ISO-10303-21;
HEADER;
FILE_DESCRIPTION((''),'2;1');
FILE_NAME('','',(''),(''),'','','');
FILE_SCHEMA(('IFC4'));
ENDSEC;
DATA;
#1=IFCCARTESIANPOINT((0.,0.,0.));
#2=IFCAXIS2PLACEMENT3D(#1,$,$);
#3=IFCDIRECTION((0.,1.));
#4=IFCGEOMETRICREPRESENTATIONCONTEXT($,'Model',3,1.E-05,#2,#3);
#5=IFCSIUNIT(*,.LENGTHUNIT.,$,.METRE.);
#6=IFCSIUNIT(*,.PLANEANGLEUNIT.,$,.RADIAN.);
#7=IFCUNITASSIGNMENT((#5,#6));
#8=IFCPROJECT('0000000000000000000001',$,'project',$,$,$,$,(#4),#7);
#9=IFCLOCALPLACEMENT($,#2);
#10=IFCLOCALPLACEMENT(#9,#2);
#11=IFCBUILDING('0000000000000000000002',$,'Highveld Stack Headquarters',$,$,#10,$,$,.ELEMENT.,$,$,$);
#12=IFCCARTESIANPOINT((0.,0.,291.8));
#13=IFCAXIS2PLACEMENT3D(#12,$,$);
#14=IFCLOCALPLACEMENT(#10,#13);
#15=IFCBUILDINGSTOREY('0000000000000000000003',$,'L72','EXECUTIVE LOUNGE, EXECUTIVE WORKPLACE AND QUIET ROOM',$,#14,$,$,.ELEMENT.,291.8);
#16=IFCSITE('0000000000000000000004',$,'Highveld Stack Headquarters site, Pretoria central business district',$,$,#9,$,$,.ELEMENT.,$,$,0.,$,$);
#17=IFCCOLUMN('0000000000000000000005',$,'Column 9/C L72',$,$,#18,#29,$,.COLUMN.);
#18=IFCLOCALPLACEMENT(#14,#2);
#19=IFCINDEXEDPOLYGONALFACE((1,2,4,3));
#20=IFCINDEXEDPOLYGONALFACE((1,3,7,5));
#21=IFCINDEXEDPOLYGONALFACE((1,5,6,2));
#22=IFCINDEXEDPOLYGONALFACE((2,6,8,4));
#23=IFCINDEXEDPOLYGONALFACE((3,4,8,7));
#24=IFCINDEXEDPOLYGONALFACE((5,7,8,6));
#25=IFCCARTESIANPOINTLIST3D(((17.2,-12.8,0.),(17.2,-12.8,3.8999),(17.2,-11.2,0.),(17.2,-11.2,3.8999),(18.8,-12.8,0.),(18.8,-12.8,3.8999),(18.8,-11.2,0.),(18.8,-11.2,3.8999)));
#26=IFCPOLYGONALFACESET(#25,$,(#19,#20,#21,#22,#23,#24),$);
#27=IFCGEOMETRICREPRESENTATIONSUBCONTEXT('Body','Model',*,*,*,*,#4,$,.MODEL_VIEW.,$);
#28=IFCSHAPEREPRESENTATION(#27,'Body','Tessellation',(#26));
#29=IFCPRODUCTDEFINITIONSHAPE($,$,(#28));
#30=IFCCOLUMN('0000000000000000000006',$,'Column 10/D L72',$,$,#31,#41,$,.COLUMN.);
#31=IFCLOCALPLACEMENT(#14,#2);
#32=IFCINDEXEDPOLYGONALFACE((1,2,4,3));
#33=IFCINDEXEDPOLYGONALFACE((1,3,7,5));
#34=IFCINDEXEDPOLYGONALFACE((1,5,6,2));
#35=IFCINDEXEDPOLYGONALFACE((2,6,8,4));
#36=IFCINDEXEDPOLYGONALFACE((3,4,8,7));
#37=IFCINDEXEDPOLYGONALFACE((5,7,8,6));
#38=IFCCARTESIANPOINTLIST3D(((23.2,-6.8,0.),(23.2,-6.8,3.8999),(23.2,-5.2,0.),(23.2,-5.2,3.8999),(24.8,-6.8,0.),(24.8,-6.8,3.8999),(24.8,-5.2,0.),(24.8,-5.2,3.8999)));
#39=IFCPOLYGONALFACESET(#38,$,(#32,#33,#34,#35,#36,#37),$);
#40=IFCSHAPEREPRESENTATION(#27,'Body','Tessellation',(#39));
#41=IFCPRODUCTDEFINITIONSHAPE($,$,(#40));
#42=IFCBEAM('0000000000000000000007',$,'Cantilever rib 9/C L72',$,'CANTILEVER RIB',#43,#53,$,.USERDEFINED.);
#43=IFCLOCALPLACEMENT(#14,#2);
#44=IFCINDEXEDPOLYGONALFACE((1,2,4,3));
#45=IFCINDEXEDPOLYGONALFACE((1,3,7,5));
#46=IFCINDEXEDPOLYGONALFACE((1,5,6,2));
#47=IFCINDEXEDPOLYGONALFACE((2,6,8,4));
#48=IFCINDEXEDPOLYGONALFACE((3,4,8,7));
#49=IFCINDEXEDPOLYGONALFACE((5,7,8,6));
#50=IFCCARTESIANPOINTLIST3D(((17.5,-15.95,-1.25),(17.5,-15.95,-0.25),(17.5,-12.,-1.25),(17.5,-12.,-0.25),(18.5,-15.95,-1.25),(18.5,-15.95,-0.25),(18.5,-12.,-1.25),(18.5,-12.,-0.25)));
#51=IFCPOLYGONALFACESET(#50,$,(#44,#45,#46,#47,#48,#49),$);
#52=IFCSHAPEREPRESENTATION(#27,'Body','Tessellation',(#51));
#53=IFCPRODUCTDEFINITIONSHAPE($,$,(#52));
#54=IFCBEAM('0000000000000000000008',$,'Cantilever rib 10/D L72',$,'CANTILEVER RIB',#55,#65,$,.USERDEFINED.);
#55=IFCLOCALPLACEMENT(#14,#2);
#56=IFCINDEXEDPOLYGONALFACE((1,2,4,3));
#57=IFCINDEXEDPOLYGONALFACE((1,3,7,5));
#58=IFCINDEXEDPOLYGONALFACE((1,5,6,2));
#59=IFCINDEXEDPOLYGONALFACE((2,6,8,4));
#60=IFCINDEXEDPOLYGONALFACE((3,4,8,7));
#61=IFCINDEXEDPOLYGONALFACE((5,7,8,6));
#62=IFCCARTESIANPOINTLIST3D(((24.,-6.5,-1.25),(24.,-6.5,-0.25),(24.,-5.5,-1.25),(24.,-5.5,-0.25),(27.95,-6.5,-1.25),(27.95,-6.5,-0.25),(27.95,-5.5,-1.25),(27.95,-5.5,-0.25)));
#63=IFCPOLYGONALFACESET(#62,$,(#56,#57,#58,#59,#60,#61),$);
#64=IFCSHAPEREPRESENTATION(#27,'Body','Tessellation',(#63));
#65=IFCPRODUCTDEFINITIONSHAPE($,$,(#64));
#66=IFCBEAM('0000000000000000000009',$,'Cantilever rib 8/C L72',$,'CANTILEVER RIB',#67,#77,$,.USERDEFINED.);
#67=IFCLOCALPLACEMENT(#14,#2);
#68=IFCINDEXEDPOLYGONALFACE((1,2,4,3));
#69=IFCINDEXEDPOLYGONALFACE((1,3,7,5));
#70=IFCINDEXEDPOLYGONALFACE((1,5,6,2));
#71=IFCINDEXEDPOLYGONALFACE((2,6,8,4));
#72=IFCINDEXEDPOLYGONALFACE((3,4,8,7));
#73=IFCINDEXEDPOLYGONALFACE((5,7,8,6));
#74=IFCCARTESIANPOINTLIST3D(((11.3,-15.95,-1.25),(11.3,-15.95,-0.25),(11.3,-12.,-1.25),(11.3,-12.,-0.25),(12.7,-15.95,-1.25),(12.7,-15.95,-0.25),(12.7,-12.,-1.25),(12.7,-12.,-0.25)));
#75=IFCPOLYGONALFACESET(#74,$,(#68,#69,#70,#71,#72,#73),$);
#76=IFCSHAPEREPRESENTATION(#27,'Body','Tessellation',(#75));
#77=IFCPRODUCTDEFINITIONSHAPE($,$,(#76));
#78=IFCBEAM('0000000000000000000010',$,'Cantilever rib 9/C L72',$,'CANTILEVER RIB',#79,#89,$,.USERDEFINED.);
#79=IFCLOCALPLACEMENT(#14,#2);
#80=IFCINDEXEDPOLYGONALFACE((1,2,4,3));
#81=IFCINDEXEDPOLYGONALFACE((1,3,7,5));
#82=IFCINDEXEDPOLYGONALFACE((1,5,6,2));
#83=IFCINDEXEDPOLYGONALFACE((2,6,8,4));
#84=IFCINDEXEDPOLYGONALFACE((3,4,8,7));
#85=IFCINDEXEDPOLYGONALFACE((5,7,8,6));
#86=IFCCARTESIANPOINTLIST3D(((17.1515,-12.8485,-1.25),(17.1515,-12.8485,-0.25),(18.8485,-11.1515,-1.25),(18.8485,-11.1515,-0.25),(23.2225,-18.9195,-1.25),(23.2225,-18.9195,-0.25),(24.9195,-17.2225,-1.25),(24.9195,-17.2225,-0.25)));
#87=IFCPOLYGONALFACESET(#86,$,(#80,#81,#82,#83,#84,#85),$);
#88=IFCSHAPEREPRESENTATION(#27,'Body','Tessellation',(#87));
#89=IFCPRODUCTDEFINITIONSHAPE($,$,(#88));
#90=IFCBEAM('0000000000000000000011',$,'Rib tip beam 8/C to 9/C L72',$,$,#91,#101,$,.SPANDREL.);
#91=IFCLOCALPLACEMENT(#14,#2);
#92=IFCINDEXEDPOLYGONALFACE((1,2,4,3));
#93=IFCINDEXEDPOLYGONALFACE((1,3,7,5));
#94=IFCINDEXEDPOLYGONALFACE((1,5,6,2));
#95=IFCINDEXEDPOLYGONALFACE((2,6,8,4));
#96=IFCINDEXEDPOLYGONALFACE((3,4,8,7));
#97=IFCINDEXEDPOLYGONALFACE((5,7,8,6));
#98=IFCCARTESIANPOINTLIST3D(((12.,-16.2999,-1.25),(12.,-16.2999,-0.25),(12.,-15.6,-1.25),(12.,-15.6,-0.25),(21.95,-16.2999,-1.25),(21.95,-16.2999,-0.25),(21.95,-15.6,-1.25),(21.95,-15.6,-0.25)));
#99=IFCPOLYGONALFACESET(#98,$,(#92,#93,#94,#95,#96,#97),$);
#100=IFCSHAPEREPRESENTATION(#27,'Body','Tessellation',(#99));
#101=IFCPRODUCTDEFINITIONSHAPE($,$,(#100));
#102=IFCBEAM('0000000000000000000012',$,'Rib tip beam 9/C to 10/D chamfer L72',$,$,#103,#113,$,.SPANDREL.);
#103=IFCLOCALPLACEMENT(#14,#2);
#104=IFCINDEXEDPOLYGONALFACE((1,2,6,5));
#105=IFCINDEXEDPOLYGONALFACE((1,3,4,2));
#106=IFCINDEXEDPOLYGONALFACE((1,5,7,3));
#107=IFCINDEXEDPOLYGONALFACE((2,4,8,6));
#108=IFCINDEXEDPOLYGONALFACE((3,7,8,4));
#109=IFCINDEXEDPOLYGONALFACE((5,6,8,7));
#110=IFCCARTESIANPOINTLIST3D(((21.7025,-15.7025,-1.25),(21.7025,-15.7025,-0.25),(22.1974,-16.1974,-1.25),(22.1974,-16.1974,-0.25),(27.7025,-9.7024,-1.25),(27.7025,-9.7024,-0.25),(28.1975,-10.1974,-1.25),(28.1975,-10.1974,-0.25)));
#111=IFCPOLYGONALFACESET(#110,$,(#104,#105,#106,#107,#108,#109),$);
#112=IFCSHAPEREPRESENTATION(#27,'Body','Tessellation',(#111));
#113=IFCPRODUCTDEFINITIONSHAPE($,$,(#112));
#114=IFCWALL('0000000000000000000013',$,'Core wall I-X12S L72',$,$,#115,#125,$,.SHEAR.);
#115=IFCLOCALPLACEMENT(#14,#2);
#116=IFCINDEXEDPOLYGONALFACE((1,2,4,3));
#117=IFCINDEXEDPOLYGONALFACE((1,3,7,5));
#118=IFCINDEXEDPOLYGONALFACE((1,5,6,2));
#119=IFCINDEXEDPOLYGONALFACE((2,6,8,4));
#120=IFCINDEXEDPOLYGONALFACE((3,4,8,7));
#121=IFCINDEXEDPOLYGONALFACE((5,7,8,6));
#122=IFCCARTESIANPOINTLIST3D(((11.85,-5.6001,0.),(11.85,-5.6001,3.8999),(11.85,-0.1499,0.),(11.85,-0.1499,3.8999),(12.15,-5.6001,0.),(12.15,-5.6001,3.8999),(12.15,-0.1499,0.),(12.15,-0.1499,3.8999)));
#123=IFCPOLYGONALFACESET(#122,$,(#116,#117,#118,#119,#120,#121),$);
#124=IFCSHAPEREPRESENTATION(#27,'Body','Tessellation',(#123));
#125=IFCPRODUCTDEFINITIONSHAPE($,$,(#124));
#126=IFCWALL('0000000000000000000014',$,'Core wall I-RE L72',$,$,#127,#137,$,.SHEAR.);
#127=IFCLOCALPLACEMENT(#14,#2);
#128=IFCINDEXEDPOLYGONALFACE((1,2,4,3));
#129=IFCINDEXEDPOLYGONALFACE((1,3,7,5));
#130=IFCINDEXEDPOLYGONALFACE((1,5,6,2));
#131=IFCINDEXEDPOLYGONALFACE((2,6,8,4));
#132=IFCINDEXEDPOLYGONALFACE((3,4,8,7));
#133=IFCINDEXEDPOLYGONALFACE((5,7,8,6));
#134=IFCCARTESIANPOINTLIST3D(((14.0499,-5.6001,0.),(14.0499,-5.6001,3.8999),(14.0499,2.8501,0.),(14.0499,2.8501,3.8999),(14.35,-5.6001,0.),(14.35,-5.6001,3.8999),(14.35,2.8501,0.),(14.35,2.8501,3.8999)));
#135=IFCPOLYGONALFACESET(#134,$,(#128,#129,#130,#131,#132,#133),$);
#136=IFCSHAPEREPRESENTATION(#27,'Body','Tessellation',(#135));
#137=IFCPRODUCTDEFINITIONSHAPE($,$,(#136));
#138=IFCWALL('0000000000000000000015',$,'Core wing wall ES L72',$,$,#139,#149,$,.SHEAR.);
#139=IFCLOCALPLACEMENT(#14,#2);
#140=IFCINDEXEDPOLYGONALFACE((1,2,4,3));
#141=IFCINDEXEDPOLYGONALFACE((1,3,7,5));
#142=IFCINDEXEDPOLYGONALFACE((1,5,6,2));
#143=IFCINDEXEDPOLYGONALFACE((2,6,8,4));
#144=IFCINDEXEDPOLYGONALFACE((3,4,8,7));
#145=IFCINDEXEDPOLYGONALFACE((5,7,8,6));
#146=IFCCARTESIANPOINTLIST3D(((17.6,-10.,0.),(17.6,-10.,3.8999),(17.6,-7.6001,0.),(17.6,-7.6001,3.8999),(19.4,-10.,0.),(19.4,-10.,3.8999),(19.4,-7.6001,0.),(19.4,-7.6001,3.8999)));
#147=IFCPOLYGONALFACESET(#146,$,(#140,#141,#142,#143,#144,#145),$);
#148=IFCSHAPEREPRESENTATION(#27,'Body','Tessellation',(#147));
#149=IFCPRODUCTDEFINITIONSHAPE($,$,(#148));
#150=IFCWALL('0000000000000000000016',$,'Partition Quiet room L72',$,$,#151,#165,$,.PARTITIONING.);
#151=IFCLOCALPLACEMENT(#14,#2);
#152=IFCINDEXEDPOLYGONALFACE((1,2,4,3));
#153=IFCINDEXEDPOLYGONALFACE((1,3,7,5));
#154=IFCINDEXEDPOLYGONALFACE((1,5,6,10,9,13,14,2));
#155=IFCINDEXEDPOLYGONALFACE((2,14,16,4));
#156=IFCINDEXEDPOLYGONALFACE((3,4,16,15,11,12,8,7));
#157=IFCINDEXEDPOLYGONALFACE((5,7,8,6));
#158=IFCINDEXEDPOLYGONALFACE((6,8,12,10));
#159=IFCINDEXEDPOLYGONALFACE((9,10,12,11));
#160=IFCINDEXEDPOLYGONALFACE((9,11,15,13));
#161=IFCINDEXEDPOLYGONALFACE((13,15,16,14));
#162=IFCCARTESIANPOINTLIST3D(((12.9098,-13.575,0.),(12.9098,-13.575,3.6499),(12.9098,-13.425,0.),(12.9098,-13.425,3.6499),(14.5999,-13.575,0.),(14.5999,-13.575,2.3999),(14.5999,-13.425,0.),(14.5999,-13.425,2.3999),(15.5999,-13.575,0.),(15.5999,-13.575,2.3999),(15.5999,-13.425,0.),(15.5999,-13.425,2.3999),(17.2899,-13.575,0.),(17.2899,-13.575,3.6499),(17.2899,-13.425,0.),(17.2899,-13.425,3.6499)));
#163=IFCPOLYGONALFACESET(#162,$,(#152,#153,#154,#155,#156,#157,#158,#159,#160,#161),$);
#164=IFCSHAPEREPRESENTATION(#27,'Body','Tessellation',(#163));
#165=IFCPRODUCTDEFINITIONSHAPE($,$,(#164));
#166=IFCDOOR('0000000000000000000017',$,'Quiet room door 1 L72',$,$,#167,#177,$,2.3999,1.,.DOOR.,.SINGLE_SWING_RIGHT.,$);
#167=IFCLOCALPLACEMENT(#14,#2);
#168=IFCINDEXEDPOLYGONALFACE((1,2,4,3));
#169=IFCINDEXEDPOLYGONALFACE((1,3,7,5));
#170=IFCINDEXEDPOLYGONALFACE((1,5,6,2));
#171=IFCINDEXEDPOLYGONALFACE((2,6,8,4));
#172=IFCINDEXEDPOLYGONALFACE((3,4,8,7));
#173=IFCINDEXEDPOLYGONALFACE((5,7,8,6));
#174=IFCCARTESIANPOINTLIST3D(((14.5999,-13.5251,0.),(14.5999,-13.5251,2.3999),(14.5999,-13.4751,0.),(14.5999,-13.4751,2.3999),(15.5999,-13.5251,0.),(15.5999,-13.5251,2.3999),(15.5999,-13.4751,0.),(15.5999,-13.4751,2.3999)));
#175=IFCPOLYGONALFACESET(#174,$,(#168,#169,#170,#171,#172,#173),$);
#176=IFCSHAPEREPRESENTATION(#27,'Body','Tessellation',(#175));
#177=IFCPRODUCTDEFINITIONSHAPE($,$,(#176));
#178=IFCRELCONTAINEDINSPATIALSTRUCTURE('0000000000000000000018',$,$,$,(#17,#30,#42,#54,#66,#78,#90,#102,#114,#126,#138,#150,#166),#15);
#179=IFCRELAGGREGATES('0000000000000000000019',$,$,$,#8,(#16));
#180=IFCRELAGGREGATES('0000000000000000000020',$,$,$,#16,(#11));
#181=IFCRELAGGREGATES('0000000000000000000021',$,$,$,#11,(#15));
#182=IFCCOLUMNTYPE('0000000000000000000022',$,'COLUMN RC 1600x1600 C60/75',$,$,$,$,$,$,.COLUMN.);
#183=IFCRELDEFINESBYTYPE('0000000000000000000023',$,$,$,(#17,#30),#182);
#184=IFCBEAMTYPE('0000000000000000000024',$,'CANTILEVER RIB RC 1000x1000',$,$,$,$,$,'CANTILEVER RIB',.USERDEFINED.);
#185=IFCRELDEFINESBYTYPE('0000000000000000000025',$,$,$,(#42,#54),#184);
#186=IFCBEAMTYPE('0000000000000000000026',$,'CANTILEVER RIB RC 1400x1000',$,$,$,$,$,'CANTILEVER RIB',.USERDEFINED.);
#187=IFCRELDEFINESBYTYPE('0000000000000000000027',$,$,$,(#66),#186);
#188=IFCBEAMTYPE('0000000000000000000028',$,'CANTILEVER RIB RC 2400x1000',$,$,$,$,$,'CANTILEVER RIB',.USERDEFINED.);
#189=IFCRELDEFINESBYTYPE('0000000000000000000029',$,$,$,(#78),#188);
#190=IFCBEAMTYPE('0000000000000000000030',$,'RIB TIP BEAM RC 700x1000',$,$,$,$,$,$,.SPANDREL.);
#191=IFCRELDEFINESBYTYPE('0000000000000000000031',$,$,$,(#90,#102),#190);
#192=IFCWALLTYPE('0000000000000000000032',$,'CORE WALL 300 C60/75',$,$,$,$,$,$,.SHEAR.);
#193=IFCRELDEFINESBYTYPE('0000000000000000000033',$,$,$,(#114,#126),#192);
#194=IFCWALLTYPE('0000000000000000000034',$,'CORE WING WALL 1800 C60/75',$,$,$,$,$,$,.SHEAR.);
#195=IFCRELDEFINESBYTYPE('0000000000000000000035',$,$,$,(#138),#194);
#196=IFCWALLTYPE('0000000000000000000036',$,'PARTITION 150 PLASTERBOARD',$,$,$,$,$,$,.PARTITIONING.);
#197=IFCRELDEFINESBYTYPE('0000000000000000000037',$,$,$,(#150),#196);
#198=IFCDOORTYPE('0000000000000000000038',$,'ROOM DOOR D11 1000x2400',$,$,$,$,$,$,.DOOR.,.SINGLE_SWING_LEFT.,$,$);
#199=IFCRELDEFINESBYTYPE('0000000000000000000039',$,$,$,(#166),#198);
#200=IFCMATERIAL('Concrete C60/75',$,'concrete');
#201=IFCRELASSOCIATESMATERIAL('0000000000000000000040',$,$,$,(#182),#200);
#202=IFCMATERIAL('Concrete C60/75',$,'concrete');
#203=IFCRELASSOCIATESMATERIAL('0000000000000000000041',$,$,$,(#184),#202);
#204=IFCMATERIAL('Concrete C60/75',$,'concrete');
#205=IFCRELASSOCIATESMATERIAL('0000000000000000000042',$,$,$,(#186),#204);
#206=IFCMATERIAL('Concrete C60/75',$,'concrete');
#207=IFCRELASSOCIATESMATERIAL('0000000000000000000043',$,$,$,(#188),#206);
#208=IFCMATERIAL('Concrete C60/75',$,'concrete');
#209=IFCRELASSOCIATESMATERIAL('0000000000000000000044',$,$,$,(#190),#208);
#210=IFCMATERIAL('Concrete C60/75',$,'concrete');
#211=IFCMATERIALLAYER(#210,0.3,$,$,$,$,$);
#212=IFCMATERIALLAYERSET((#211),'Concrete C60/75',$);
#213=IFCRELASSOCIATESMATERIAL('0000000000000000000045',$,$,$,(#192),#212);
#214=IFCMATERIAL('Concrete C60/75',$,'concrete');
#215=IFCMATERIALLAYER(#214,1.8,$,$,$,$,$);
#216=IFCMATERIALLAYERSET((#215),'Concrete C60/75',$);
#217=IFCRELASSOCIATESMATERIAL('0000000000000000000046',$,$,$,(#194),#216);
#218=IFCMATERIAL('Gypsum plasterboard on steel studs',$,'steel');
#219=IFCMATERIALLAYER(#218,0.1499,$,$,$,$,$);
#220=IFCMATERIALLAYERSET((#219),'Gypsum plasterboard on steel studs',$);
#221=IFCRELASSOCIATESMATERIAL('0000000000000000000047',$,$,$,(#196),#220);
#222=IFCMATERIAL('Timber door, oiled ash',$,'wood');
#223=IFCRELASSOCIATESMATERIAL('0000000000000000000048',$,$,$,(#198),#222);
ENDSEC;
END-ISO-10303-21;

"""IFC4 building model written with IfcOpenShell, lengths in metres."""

from ifc_helpers import new_model, si_unit, direction, frame, frame_2d, origin, origin_2d, place, context, subcontext, project, spatial, rectangle, extrude, material, layer, layer_set, material_profile, profile_set, type_object, element, fill, save


model = new_model("IFC4")

# Units and contexts
model_context = context("Model", 3, precision=1e-05, world=origin(), true_north=direction((0.0, 1.0)))
body_context = subcontext(model_context, "Body", "Model", "MODEL_VIEW")
ifc_project = project(units=[si_unit("LENGTHUNIT", "METRE"), si_unit("PLANEANGLEUNIT", "RADIAN")], contexts=[model_context])

# Site, building, storey
site_placement = place(None, origin())
site = spatial("IfcSite", under=ifc_project, at=site_placement, Name="Highveld Stack Headquarters site, Pretoria central business district", CompositionType="ELEMENT", RefElevation=0.0)
building_placement = place(site_placement, origin())
building = spatial("IfcBuilding", under=site, at=building_placement, Name="Highveld Stack Headquarters", CompositionType="ELEMENT")
storey_placement = place(building_placement, frame((0.0, 0.0, 291.8)))
storey = spatial("IfcBuildingStorey", under=building, at=storey_placement, Name="L72", Description="EXECUTIVE LOUNGE, EXECUTIVE WORKPLACE AND QUIET ROOM", CompositionType="ELEMENT", Elevation=291.8)

# Columns
ifc_material_1 = material(Name="Concrete C60/75", Category="concrete")
ifc_material_profile_1 = material_profile(ifc_material_1, rectangle(XDim=1.6001, YDim=1.6001, at=origin_2d()), Name="RC 1600x1600")
ifc_profile_set_1 = profile_set([ifc_material_profile_1], Name="Concrete C60/75")
column_type = type_object("IfcColumnType", Name="COLUMN RC 1600x1600 C60/75", PredefinedType="COLUMN", material=ifc_profile_set_1)
for number, where, z_axis, x_axis, name in (
    (1, (18.0, -12.0, 0.0), (0.0, 0.0, 1.0), (1.0, 0.0, 0.0), "Column 9/C L72"),
    (2, (24.0, -6.0, 0.0), (0.0, 0.0, 1.0), (1.0, 0.0, 0.0), "Column 10/D L72"),
):
    element("IfcColumn", number, at=place(storey_placement, frame(where, z_axis=z_axis, x_axis=x_axis)), inside=storey, type_object=column_type, Name=name, PredefinedType="COLUMN", context=body_context, shape_type="SweptSolid", body=[
        extrude(rectangle(XDim=1.6001, YDim=1.6001, at=origin_2d()), origin(), (0.0, 0.0, 1.0), 3.8999),
    ])

# Beams
ifc_material_2 = material(Name="Concrete C60/75", Category="concrete")
ifc_material_profile_2 = material_profile(ifc_material_2, rectangle(XDim=1.0, YDim=1.0, at=origin_2d()), Name="RC 1000x1000")
ifc_profile_set_2 = profile_set([ifc_material_profile_2], Name="Concrete C60/75")
beam_type_1 = type_object("IfcBeamType", Name="CANTILEVER RIB RC 1000x1000", ElementType="CANTILEVER RIB", PredefinedType="USERDEFINED", material=ifc_profile_set_2)
for number, where, z_axis, x_axis, name in (
    (3, (18.0, -12.0, -0.75), (0.0, -1.0, 0.0), (1.0, 0.0, 0.0), "Cantilever rib 9/C L72"),
    (4, (24.0, -6.0, -0.75), (1.0, 0.0, 0.0), (0.0, 1.0, 0.0), "Cantilever rib 10/D L72"),
):
    element("IfcBeam", number, at=place(storey_placement, frame(where, z_axis=z_axis, x_axis=x_axis)), inside=storey, type_object=beam_type_1, Name=name, ObjectType="CANTILEVER RIB", PredefinedType="USERDEFINED", context=body_context, shape_type="SweptSolid", body=[
        extrude(rectangle(XDim=1.0, YDim=1.0, at=origin_2d()), origin(), (0.0, 0.0, 1.0), 3.95),
    ])
ifc_material_3 = material(Name="Concrete C60/75", Category="concrete")
ifc_material_profile_3 = material_profile(ifc_material_3, rectangle(XDim=1.3999, YDim=1.0, at=origin_2d()), Name="RC 1400x1000")
ifc_profile_set_3 = profile_set([ifc_material_profile_3], Name="Concrete C60/75")
beam_type_2 = type_object("IfcBeamType", Name="CANTILEVER RIB RC 1400x1000", ElementType="CANTILEVER RIB", PredefinedType="USERDEFINED", material=ifc_profile_set_3)
beam_1_placement = place(storey_placement, frame((12.0, -12.0, -0.75), z_axis=(0.0, -1.0, 0.0), x_axis=(1.0, 0.0, 0.0)))
element("IfcBeam", 5, at=beam_1_placement, inside=storey, type_object=beam_type_2, Name="Cantilever rib 8/C L72", ObjectType="CANTILEVER RIB", PredefinedType="USERDEFINED", context=body_context, shape_type="SweptSolid", body=[
    extrude(rectangle(XDim=1.3999, YDim=1.0, at=origin_2d()), origin(), (0.0, 0.0, 1.0), 3.95),
])
ifc_material_4 = material(Name="Concrete C60/75", Category="concrete")
ifc_material_profile_4 = material_profile(ifc_material_4, rectangle(XDim=2.3999, YDim=1.0, at=origin_2d()), Name="RC 2400x1000")
ifc_profile_set_4 = profile_set([ifc_material_profile_4], Name="Concrete C60/75")
beam_type_3 = type_object("IfcBeamType", Name="CANTILEVER RIB RC 2400x1000", ElementType="CANTILEVER RIB", PredefinedType="USERDEFINED", material=ifc_profile_set_4)
beam_2_placement = place(storey_placement, frame((18.0, -12.0, -0.75), z_axis=(0.707107, -0.707107, 0.0), x_axis=(0.707107, 0.707107, 0.0)))
element("IfcBeam", 6, at=beam_2_placement, inside=storey, type_object=beam_type_3, Name="Cantilever rib 9/C L72", ObjectType="CANTILEVER RIB", PredefinedType="USERDEFINED", context=body_context, shape_type="SweptSolid", body=[
    extrude(rectangle(XDim=2.3999, YDim=1.0, at=origin_2d()), origin(), (0.0, 0.0, 1.0), 8.5857),
])
ifc_material_5 = material(Name="Concrete C60/75", Category="concrete")
ifc_material_profile_5 = material_profile(ifc_material_5, rectangle(XDim=0.7, YDim=1.0, at=origin_2d()), Name="RC 700x1000")
ifc_profile_set_5 = profile_set([ifc_material_profile_5], Name="Concrete C60/75")
beam_type_4 = type_object("IfcBeamType", Name="RIB TIP BEAM RC 700x1000", PredefinedType="SPANDREL", material=ifc_profile_set_5)
beam_3_placement = place(storey_placement, frame((12.0, -15.95, -0.75), z_axis=(1.0, 0.0, 0.0), x_axis=(0.0, 1.0, 0.0)))
element("IfcBeam", 7, at=beam_3_placement, inside=storey, type_object=beam_type_4, Name="Rib tip beam 8/C to 9/C L72", PredefinedType="SPANDREL", context=body_context, shape_type="SweptSolid", body=[
    extrude(rectangle(XDim=0.7, YDim=1.0, at=origin_2d()), origin(), (0.0, 0.0, 1.0), 9.95),
])
beam_4_placement = place(storey_placement, frame((21.95, -15.95, -0.75), z_axis=(0.707107, 0.707107, 0.0), x_axis=(-0.707107, 0.707107, 0.0)))
element("IfcBeam", 8, at=beam_4_placement, inside=storey, type_object=beam_type_4, Name="Rib tip beam 9/C to 10/D chamfer L72", PredefinedType="SPANDREL", context=body_context, shape_type="SweptSolid", body=[
    extrude(rectangle(XDim=0.7, YDim=1.0, at=origin_2d()), origin(), (0.0, 0.0, 1.0), 8.4854),
])

# Walls
ifc_material_6 = material(Name="Concrete C60/75", Category="concrete")
ifc_layer_1 = layer(ifc_material_6, 0.3)
ifc_layer_set_1 = layer_set([ifc_layer_1], Name="Concrete C60/75")
wall_type_1 = type_object("IfcWallType", Name="CORE WALL 300 C60/75", PredefinedType="SHEAR", material=ifc_layer_set_1)
wall_1_placement = place(storey_placement, frame((12.0, -5.6001, 0.0), z_axis=(0.0, 0.0, 1.0), x_axis=(0.0, 1.0, 0.0)))
element("IfcWall", 9, at=wall_1_placement, inside=storey, type_object=wall_type_1, Name="Core wall I-X12S L72", PredefinedType="SHEAR", context=body_context, shape_type="SweptSolid", body=[
    extrude(rectangle(XDim=5.4502, YDim=0.3, at=frame_2d((2.7251, 0.0))), origin(), (0.0, 0.0, 1.0), 3.8999),
])
wall_2_placement = place(storey_placement, frame((14.2, -5.6001, 0.0), z_axis=(0.0, 0.0, 1.0), x_axis=(0.0, 1.0, 0.0)))
element("IfcWall", 10, at=wall_2_placement, inside=storey, type_object=wall_type_1, Name="Core wall I-RE L72", PredefinedType="SHEAR", context=body_context, shape_type="SweptSolid", body=[
    extrude(rectangle(XDim=8.4502, YDim=0.3, at=frame_2d((4.2251, 0.0))), origin(), (0.0, 0.0, 1.0), 3.8999),
])
ifc_material_7 = material(Name="Concrete C60/75", Category="concrete")
ifc_layer_2 = layer(ifc_material_7, 1.8)
ifc_layer_set_2 = layer_set([ifc_layer_2], Name="Concrete C60/75")
wall_type_2 = type_object("IfcWallType", Name="CORE WING WALL 1800 C60/75", PredefinedType="SHEAR", material=ifc_layer_set_2)
wall_3_placement = place(storey_placement, frame((18.5, -10.0, 0.0), z_axis=(0.0, 0.0, 1.0), x_axis=(0.0, 1.0, 0.0)))
element("IfcWall", 11, at=wall_3_placement, inside=storey, type_object=wall_type_2, Name="Core wing wall ES L72", PredefinedType="SHEAR", context=body_context, shape_type="SweptSolid", body=[
    extrude(rectangle(XDim=2.3999, YDim=1.8, at=frame_2d((1.2, 0.0))), origin(), (0.0, 0.0, 1.0), 3.8999),
])

# Wall, opening, door
ifc_material_8 = material(Name="Gypsum plasterboard on steel studs", Category="steel")
ifc_layer_3 = layer(ifc_material_8, 0.1499)
ifc_layer_set_3 = layer_set([ifc_layer_3], Name="Gypsum plasterboard on steel studs")
wall_type_3 = type_object("IfcWallType", Name="PARTITION 150 PLASTERBOARD", PredefinedType="PARTITIONING", material=ifc_layer_set_3)
wall_4_placement = place(storey_placement, frame((12.9099, -13.5, 0.0), z_axis=(0.0, 0.0, 1.0), x_axis=(1.0, 0.0, 0.0)))
wall_4 = element("IfcWall", 12, at=wall_4_placement, inside=storey, type_object=wall_type_3, Name="Partition Quiet room L72", PredefinedType="PARTITIONING", context=body_context, shape_type="SweptSolid", body=[
    extrude(rectangle(XDim=4.3801, YDim=0.1499, at=frame_2d((2.1899, 0.0))), origin(), (0.0, 0.0, 1.0), 3.6499),
])
opening_1_placement = place(wall_4_placement, frame((1.6899, 0.0, 0.0)))
opening_1 = element("IfcOpeningElement", 13, at=opening_1_placement, cuts=wall_4, PredefinedType="OPENING", context=body_context, shape_type="SweptSolid", body=[
    extrude(rectangle(XDim=1.0, YDim=2.3999, at=frame_2d((0.5, 1.2))), frame((0.0, 0.085, 0.0), z_axis=(0.0, -1.0, 0.0), x_axis=(1.0, 0.0, 0.0)), (0.0, 0.0, 1.0), 0.1699),
])
ifc_material_9 = material(Name="Timber door, oiled ash", Category="wood")
door_type_1 = type_object("IfcDoorType", Name="ROOM DOOR D11 1000x2400", OperationType="SINGLE_SWING_LEFT", PredefinedType="DOOR", material=ifc_material_9)
door_1_placement = place(opening_1_placement, origin())
door_1 = element("IfcDoor", 14, at=door_1_placement, inside=storey, type_object=door_type_1, Name="Quiet room door 1 L72", OperationType="SINGLE_SWING_RIGHT", OverallHeight=2.3999, OverallWidth=1.0, PredefinedType="DOOR", context=body_context, shape_type="SweptSolid", body=[
    extrude(rectangle(XDim=1.0, YDim=2.3999, at=frame_2d((0.5, 1.2))), frame((0.0, 0.0249, 0.0), z_axis=(0.0, -1.0, 0.0), x_axis=(1.0, 0.0, 0.0)), (0.0, 0.0, 1.0), 0.05),
])
fill(opening_1, door_1)

save(model, "model.ifc")
